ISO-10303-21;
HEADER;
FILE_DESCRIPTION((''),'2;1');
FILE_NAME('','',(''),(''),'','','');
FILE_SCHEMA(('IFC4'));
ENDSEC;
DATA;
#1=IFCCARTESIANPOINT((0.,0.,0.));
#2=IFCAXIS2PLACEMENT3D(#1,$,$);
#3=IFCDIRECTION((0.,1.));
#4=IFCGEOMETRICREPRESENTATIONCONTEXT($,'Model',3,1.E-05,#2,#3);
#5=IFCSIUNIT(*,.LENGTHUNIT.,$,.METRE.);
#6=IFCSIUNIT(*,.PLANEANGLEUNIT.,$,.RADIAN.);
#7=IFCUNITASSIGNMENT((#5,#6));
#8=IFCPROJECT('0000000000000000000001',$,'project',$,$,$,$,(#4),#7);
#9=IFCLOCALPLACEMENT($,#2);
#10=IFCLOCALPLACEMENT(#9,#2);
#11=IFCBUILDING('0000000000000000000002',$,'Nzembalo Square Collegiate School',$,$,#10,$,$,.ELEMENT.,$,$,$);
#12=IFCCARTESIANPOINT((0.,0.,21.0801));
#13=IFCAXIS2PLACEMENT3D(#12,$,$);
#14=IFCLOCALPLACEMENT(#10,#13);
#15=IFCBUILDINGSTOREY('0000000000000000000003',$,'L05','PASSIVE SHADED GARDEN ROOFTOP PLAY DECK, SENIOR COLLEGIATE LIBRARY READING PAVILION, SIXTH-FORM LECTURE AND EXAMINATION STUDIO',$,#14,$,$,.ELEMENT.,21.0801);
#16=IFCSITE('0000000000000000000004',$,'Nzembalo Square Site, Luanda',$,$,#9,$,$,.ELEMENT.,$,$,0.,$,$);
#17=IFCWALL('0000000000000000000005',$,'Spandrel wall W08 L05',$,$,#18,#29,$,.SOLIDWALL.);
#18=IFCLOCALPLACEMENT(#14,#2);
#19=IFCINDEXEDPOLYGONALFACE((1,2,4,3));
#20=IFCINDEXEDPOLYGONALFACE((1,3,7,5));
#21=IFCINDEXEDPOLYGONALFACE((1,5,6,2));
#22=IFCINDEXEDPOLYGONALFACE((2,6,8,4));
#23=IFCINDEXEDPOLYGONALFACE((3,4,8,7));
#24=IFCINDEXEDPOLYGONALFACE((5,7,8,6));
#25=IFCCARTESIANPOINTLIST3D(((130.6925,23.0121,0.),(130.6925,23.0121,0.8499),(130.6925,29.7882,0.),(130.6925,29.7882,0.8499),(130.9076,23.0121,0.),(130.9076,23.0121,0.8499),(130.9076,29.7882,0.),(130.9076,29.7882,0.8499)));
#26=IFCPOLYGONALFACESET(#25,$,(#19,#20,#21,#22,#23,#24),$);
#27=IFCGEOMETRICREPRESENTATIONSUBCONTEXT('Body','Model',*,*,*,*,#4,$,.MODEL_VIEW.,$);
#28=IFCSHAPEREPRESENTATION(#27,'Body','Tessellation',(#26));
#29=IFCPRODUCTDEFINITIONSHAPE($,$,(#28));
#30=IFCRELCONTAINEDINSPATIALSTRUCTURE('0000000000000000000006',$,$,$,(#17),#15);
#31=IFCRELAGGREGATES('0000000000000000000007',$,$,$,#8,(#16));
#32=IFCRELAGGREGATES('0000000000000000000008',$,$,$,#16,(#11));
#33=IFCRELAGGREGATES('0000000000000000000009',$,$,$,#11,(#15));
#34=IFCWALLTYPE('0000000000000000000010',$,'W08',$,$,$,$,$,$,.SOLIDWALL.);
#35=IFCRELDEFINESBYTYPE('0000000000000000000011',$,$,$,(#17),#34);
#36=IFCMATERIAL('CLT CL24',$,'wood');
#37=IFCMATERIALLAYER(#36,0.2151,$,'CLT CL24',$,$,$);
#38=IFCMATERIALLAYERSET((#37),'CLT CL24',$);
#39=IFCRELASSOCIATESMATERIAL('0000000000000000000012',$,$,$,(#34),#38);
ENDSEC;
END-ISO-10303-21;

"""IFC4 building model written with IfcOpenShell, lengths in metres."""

from ifc_helpers import new_model, si_unit, direction, frame, frame_2d, origin, place, context, subcontext, project, spatial, rectangle, extrude, material, layer, layer_set, type_object, element, save


model = new_model("IFC4")

# Units and contexts
model_context = context("Model", 3, precision=1e-05, world=origin(), true_north=direction((0.0, 1.0)))
body_context = subcontext(model_context, "Body", "Model", "MODEL_VIEW")
ifc_project = project(units=[si_unit("LENGTHUNIT", "METRE"), si_unit("PLANEANGLEUNIT", "RADIAN")], contexts=[model_context])

# Site, building, storey
site_placement = place(None, origin())
site = spatial("IfcSite", under=ifc_project, at=site_placement, Name="Nzembalo Square Site, Luanda", CompositionType="ELEMENT", RefElevation=0.0)
building_placement = place(site_placement, origin())
building = spatial("IfcBuilding", under=site, at=building_placement, Name="Nzembalo Square Collegiate School", CompositionType="ELEMENT")
storey_placement = place(building_placement, frame((0.0, 0.0, 21.0801)))
storey = spatial("IfcBuildingStorey", under=building, at=storey_placement, Name="L05", Description="PASSIVE SHADED GARDEN ROOFTOP PLAY DECK, SENIOR COLLEGIATE LIBRARY READING PAVILION, SIXTH-FORM LECTURE AND EXAMINATION STUDIO", CompositionType="ELEMENT", Elevation=21.0801)

# Wall
ifc_material_1 = material(Name="CLT CL24", Category="wood")
ifc_layer_1 = layer(ifc_material_1, 0.2151, Name="CLT CL24")
ifc_layer_set_1 = layer_set([ifc_layer_1], Name="CLT CL24")
wall_type = type_object("IfcWallType", Name="W08", PredefinedType="SOLIDWALL", material=ifc_layer_set_1)
wall_placement = place(storey_placement, frame((130.8, 23.012, 0.0), z_axis=(0.0, 0.0, 1.0), x_axis=(0.0, 1.0, 0.0)))
element("IfcWall", 1, at=wall_placement, inside=storey, type_object=wall_type, Name="Spandrel wall W08 L05", PredefinedType="SOLIDWALL", context=body_context, shape_type="SweptSolid", body=[
    extrude(rectangle(XDim=6.7761, YDim=0.2151, at=frame_2d((3.3882, 0.0))), origin(), (0.0, 0.0, 1.0), 0.8499),
])

save(model, "model.ifc")
